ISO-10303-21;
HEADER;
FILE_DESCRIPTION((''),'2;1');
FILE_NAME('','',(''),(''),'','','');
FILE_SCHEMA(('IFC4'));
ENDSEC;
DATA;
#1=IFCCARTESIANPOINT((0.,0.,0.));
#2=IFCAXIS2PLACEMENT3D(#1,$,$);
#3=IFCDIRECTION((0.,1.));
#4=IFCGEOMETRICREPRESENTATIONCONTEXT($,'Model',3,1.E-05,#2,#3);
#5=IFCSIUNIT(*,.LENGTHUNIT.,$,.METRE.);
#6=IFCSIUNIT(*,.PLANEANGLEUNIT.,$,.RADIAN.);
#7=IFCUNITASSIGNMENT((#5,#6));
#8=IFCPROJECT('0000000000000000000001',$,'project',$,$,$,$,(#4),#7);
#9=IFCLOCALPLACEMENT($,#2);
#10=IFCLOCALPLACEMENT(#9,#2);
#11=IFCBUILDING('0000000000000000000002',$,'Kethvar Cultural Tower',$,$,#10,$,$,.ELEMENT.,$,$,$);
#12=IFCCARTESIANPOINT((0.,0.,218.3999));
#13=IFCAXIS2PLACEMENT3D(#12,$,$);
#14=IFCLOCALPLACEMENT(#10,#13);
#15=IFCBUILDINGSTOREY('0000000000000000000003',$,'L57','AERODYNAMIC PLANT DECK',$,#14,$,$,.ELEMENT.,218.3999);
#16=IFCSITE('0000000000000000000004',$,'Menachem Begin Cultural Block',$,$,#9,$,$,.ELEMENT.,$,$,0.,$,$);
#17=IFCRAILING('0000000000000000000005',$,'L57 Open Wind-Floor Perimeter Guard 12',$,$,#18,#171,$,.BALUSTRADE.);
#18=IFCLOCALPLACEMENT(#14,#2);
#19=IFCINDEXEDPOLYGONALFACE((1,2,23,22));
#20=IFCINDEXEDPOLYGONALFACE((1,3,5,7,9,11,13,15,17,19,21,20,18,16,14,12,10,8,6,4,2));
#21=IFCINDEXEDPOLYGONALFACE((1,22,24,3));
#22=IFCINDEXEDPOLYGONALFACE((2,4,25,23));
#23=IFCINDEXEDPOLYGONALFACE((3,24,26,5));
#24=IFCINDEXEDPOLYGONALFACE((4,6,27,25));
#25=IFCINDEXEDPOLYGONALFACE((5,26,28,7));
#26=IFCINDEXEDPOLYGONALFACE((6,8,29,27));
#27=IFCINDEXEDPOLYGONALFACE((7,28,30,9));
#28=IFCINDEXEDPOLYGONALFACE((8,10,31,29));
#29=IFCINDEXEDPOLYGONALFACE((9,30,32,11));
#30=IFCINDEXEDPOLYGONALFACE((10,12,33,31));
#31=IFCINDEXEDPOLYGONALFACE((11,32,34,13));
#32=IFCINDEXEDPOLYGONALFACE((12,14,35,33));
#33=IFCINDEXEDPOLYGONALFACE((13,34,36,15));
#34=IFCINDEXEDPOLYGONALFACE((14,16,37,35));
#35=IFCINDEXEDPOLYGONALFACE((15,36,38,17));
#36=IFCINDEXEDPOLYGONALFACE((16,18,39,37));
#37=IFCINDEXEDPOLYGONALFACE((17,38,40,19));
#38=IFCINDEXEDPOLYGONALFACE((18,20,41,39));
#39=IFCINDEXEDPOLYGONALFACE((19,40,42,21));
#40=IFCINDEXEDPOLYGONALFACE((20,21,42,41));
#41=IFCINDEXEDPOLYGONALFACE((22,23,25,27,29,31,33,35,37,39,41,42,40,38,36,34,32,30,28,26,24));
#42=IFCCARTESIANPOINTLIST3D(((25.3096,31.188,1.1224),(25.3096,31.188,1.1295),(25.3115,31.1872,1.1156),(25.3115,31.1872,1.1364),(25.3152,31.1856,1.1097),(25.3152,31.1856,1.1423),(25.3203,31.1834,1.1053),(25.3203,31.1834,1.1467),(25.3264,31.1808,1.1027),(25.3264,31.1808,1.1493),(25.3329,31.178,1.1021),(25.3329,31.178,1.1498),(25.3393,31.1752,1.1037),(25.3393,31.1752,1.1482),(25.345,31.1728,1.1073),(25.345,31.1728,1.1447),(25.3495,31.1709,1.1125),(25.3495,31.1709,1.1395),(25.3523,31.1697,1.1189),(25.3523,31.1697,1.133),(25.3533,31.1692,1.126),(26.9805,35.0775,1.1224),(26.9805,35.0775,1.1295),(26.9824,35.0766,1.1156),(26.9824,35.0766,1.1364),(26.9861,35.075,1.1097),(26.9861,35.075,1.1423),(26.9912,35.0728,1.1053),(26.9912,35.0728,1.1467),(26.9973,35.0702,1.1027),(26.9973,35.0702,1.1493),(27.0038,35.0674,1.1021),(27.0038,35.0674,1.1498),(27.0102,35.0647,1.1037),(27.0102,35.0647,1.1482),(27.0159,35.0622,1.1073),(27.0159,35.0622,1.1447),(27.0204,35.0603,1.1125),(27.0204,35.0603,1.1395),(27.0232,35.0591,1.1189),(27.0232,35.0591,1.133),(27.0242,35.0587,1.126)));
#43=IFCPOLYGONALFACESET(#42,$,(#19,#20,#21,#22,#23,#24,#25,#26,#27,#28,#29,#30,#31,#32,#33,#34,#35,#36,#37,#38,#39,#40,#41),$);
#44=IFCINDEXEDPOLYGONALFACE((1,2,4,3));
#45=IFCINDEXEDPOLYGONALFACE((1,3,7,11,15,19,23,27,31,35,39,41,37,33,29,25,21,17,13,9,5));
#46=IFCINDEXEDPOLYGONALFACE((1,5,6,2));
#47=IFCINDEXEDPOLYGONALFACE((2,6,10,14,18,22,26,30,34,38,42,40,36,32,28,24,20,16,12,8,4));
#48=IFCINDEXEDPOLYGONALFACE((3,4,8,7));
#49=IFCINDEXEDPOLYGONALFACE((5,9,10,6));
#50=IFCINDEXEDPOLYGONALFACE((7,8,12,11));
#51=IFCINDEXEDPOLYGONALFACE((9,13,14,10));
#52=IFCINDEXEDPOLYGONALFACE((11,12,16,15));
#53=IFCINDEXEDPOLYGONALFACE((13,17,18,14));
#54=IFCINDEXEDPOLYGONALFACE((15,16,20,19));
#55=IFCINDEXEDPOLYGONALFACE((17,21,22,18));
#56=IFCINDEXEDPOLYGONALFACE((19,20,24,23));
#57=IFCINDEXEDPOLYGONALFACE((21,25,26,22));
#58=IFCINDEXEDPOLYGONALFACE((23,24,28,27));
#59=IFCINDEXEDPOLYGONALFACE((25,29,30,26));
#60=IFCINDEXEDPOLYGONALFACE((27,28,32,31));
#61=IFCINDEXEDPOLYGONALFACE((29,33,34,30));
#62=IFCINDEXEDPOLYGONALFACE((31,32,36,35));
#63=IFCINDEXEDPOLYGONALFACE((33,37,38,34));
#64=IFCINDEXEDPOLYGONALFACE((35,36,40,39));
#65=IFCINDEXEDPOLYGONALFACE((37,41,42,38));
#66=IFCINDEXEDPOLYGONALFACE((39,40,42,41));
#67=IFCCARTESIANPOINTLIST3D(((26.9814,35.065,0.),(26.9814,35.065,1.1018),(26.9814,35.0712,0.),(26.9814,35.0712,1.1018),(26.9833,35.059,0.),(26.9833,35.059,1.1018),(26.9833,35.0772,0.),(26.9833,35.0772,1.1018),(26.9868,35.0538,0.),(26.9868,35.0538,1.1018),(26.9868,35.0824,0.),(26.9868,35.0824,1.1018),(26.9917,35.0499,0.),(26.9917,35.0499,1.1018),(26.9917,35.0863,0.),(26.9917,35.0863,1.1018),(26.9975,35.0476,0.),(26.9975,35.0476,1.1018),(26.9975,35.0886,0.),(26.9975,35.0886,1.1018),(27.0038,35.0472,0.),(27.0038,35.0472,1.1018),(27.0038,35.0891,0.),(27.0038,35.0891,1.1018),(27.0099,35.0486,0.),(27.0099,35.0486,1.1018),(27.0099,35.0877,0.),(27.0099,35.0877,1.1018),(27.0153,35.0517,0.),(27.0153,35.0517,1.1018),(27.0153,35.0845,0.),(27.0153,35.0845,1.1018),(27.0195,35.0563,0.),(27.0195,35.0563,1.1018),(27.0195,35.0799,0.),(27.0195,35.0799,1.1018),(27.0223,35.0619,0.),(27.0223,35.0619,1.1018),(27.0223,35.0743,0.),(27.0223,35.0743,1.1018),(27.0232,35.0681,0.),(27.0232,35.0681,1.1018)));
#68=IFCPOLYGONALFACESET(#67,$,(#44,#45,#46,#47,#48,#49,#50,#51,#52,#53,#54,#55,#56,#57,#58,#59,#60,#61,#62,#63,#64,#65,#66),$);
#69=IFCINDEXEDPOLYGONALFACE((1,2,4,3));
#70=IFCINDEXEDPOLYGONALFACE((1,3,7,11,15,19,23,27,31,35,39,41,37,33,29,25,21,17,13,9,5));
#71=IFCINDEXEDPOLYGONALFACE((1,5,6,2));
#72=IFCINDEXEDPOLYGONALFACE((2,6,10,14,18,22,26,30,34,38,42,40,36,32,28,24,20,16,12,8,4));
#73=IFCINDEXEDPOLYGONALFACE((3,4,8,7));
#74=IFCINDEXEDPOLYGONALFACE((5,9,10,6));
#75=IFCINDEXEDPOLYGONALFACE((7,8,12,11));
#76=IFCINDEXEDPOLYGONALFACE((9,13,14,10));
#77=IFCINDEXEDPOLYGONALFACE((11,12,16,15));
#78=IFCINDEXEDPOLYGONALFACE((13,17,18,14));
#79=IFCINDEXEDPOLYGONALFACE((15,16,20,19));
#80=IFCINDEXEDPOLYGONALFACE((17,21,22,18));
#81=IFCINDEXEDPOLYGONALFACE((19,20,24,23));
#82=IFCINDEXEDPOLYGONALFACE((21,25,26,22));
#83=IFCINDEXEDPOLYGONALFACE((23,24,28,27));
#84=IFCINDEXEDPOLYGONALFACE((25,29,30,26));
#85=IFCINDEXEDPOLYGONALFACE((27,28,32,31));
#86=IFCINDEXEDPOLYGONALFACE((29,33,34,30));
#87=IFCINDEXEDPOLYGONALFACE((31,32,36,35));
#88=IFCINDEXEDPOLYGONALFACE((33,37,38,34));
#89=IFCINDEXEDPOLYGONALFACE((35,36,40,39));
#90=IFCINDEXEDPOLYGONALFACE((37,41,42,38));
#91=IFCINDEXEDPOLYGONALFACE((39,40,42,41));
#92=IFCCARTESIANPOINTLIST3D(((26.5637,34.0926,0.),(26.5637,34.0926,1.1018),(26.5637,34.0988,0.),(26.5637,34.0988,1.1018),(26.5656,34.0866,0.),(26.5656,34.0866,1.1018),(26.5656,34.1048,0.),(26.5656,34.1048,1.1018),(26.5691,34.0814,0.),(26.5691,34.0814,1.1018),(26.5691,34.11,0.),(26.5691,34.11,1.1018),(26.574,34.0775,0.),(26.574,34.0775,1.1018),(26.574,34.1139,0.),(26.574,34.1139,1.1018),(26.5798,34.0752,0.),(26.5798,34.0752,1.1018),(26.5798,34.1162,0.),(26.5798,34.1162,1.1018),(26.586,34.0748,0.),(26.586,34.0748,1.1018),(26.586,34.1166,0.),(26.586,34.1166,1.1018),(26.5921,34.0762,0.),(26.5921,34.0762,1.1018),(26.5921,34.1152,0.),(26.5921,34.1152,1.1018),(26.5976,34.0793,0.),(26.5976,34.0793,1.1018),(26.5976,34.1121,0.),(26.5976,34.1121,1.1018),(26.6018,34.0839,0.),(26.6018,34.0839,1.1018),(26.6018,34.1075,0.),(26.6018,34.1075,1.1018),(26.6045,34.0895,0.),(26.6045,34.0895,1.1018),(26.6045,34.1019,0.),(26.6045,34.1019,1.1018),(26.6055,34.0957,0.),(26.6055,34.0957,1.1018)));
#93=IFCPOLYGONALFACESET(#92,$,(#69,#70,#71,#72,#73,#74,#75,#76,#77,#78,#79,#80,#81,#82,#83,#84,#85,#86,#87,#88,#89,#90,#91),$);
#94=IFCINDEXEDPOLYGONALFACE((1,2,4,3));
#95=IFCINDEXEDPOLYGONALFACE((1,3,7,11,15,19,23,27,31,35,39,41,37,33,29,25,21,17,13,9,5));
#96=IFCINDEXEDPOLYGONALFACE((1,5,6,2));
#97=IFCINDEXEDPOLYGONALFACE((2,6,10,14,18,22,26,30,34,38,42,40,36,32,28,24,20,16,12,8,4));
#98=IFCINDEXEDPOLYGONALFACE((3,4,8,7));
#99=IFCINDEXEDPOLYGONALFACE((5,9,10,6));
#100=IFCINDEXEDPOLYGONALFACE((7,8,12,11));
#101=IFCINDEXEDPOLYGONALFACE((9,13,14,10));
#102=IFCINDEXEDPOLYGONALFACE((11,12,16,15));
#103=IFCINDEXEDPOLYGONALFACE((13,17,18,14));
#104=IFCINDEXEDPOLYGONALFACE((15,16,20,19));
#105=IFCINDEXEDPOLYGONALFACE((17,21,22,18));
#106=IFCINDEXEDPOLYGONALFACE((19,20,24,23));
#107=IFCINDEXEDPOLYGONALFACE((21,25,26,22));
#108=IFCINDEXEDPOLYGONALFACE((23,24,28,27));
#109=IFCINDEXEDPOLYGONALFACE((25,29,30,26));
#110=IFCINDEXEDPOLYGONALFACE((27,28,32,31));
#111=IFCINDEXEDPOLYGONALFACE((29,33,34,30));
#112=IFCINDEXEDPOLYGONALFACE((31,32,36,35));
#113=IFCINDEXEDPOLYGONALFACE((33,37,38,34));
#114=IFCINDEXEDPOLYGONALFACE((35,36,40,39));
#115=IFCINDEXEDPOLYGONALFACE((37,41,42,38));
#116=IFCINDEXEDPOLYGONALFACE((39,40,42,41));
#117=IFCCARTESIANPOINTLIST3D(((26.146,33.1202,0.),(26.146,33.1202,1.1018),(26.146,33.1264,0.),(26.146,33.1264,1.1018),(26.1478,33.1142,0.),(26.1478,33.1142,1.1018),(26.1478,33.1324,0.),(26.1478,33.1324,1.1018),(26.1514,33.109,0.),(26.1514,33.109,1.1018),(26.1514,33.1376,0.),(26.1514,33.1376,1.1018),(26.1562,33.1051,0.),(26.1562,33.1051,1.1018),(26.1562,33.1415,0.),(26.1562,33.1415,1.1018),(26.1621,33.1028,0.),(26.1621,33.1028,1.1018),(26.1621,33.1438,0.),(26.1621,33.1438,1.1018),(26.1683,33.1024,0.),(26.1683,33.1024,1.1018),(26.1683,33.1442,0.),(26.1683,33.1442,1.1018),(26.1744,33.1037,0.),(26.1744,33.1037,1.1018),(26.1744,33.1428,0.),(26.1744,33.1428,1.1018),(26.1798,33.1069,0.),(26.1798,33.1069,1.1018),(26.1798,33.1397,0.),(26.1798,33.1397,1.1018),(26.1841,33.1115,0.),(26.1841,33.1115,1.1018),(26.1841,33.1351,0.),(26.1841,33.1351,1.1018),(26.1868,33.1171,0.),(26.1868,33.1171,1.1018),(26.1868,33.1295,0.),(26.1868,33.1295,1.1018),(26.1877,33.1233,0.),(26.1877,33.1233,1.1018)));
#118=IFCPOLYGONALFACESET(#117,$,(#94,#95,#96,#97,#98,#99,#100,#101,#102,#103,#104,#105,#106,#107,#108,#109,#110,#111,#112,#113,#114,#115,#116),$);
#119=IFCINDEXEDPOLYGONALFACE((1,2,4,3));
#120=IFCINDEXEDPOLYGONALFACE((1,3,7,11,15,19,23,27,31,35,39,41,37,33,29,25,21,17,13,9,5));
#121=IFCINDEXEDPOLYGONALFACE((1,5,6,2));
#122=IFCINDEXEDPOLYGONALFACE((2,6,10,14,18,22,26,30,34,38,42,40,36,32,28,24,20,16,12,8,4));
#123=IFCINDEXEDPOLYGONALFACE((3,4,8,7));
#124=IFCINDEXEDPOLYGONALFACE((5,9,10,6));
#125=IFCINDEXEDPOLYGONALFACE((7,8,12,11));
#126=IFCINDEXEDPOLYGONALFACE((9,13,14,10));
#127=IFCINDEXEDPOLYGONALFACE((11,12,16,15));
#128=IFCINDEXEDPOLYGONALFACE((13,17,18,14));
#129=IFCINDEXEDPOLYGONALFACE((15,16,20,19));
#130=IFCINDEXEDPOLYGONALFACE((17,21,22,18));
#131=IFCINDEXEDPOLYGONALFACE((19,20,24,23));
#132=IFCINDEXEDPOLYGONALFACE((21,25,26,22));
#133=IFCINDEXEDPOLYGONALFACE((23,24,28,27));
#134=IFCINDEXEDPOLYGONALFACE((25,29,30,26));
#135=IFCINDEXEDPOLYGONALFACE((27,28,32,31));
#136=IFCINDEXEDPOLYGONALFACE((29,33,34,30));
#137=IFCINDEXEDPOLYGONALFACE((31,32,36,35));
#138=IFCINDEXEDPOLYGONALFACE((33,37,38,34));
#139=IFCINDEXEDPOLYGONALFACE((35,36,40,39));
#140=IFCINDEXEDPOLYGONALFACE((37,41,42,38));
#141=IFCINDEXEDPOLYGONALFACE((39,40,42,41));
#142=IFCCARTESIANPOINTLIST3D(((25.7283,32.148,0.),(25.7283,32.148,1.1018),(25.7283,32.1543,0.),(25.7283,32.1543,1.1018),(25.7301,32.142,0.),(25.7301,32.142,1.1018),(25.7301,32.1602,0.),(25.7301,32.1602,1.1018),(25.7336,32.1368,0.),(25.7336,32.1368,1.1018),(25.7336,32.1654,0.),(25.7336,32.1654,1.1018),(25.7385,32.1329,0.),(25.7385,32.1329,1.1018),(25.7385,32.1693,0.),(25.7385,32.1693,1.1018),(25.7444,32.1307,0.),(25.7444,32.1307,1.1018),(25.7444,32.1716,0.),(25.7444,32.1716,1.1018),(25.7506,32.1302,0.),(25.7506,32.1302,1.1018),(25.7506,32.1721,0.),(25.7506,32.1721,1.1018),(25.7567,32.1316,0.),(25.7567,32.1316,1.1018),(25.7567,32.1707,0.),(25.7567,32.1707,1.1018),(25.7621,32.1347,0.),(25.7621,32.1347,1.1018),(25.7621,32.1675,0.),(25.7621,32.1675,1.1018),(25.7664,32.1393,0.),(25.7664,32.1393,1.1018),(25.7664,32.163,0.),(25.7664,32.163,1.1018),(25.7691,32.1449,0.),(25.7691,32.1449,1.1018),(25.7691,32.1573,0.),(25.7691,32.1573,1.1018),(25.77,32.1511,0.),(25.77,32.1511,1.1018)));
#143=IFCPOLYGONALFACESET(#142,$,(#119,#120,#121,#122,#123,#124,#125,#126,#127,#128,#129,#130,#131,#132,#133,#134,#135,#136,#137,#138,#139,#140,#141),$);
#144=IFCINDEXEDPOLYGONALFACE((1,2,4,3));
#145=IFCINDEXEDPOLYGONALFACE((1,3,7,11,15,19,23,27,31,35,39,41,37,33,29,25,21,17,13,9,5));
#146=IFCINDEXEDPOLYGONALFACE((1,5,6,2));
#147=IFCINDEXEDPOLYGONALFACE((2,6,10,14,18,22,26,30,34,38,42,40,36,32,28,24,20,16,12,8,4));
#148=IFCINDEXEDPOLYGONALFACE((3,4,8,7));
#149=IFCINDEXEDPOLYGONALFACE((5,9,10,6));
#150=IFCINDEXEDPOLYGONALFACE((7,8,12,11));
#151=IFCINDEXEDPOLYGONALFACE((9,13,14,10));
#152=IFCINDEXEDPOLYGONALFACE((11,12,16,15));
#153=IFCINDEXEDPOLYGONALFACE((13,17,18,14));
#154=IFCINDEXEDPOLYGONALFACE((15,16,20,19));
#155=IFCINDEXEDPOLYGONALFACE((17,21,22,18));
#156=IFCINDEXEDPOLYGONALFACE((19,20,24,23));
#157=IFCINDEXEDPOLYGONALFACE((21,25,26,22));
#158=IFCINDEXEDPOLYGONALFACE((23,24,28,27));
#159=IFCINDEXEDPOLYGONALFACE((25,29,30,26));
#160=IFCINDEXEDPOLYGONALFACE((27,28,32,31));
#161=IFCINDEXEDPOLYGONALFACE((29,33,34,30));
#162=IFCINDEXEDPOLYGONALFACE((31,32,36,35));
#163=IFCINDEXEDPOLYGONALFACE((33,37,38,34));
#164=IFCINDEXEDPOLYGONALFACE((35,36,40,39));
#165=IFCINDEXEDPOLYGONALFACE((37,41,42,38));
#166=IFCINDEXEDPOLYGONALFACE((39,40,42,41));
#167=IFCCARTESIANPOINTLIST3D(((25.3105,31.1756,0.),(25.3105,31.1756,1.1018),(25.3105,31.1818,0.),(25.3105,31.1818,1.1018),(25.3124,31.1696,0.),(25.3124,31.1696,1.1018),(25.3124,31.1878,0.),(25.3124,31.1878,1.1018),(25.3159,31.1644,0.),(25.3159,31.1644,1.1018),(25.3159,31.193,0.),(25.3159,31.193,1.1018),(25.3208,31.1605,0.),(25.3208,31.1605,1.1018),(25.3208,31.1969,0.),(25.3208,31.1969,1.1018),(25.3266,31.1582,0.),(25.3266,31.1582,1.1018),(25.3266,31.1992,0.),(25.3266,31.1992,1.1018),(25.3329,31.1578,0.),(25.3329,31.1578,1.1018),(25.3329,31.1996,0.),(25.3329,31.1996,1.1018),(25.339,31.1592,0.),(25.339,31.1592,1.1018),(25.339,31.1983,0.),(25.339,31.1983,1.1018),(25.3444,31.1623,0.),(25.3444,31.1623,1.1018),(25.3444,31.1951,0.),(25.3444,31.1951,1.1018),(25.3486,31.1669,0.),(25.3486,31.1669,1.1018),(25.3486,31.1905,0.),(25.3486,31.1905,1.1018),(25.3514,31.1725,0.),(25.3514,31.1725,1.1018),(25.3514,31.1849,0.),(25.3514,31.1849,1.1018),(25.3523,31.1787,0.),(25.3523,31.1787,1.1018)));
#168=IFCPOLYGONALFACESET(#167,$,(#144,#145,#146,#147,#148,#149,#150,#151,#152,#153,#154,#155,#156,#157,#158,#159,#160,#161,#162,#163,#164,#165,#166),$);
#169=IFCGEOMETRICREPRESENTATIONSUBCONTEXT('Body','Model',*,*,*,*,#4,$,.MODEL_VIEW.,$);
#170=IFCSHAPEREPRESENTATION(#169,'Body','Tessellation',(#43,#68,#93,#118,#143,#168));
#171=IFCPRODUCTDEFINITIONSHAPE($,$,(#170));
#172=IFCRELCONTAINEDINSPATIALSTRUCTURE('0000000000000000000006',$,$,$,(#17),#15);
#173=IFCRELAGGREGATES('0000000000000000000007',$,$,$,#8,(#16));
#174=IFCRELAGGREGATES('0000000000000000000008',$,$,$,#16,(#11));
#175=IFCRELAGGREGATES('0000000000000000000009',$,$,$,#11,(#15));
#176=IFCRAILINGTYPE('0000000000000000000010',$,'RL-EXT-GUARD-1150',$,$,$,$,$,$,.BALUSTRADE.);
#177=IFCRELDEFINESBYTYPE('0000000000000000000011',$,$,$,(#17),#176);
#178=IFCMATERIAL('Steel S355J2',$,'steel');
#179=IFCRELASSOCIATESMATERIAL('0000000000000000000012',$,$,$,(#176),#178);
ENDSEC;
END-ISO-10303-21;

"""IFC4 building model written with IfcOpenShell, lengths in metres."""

from ifc_helpers import new_model, si_unit, direction, frame, origin, origin_2d, place, context, subcontext, project, spatial, circle, extrude, material, type_object, element, save


model = new_model("IFC4")

# Units and contexts
model_context = context("Model", 3, precision=1e-05, world=origin(), true_north=direction((0.0, 1.0)))
body_context = subcontext(model_context, "Body", "Model", "MODEL_VIEW")
ifc_project = project(units=[si_unit("LENGTHUNIT", "METRE"), si_unit("PLANEANGLEUNIT", "RADIAN")], contexts=[model_context])

# Site, building, storey
site_placement = place(None, origin())
site = spatial("IfcSite", under=ifc_project, at=site_placement, Name="Menachem Begin Cultural Block", CompositionType="ELEMENT", RefElevation=0.0)
building_placement = place(site_placement, origin())
building = spatial("IfcBuilding", under=site, at=building_placement, Name="Kethvar Cultural Tower", CompositionType="ELEMENT")
storey_placement = place(building_placement, frame((0.0, 0.0, 218.3999)))
storey = spatial("IfcBuildingStorey", under=building, at=storey_placement, Name="L57", Description="AERODYNAMIC PLANT DECK", CompositionType="ELEMENT", Elevation=218.3999)

# Shared definitions
ifc_material_1 = material(Name="Steel S355J2", Category="steel")

# Railing
railing_type = type_object("IfcRailingType", Name="RL-EXT-GUARD-1150", PredefinedType="BALUSTRADE", material=ifc_material_1)
railing_1_placement = place(storey_placement, frame((27.0022, 35.0681, 0.0)))
element("IfcRailing", 1, at=railing_1_placement, inside=storey, type_object=railing_type, Name="L57 Open Wind-Floor Perimeter Guard 12", PredefinedType="BALUSTRADE", context=body_context, shape_type="SweptSolid", body=[
    extrude(circle(Radius=0.0239, at=origin_2d()), frame((0.0, 0.0, 1.126), z_axis=(-0.39472, -0.918802, 0.0), x_axis=(0.918802, -0.39472, 0.0)), (0.0, 0.0, 1.0), 4.2332),
    extrude(circle(Radius=0.021, at=origin_2d()), origin(), (0.0, 0.0, 1.0), 1.1018),
    extrude(circle(Radius=0.021, at=origin_2d()), frame((-0.4177, -0.9724, 0.0)), (0.0, 0.0, 1.0), 1.1018),
    extrude(circle(Radius=0.021, at=origin_2d()), frame((-0.8354, -1.9448, 0.0)), (0.0, 0.0, 1.0), 1.1018),
    extrude(circle(Radius=0.021, at=origin_2d()), frame((-1.2532, -2.917, 0.0)), (0.0, 0.0, 1.0), 1.1018),
    extrude(circle(Radius=0.021, at=origin_2d()), frame((-1.6709, -3.8894, 0.0)), (0.0, 0.0, 1.0), 1.1018),
])

save(model, "model.ifc")
